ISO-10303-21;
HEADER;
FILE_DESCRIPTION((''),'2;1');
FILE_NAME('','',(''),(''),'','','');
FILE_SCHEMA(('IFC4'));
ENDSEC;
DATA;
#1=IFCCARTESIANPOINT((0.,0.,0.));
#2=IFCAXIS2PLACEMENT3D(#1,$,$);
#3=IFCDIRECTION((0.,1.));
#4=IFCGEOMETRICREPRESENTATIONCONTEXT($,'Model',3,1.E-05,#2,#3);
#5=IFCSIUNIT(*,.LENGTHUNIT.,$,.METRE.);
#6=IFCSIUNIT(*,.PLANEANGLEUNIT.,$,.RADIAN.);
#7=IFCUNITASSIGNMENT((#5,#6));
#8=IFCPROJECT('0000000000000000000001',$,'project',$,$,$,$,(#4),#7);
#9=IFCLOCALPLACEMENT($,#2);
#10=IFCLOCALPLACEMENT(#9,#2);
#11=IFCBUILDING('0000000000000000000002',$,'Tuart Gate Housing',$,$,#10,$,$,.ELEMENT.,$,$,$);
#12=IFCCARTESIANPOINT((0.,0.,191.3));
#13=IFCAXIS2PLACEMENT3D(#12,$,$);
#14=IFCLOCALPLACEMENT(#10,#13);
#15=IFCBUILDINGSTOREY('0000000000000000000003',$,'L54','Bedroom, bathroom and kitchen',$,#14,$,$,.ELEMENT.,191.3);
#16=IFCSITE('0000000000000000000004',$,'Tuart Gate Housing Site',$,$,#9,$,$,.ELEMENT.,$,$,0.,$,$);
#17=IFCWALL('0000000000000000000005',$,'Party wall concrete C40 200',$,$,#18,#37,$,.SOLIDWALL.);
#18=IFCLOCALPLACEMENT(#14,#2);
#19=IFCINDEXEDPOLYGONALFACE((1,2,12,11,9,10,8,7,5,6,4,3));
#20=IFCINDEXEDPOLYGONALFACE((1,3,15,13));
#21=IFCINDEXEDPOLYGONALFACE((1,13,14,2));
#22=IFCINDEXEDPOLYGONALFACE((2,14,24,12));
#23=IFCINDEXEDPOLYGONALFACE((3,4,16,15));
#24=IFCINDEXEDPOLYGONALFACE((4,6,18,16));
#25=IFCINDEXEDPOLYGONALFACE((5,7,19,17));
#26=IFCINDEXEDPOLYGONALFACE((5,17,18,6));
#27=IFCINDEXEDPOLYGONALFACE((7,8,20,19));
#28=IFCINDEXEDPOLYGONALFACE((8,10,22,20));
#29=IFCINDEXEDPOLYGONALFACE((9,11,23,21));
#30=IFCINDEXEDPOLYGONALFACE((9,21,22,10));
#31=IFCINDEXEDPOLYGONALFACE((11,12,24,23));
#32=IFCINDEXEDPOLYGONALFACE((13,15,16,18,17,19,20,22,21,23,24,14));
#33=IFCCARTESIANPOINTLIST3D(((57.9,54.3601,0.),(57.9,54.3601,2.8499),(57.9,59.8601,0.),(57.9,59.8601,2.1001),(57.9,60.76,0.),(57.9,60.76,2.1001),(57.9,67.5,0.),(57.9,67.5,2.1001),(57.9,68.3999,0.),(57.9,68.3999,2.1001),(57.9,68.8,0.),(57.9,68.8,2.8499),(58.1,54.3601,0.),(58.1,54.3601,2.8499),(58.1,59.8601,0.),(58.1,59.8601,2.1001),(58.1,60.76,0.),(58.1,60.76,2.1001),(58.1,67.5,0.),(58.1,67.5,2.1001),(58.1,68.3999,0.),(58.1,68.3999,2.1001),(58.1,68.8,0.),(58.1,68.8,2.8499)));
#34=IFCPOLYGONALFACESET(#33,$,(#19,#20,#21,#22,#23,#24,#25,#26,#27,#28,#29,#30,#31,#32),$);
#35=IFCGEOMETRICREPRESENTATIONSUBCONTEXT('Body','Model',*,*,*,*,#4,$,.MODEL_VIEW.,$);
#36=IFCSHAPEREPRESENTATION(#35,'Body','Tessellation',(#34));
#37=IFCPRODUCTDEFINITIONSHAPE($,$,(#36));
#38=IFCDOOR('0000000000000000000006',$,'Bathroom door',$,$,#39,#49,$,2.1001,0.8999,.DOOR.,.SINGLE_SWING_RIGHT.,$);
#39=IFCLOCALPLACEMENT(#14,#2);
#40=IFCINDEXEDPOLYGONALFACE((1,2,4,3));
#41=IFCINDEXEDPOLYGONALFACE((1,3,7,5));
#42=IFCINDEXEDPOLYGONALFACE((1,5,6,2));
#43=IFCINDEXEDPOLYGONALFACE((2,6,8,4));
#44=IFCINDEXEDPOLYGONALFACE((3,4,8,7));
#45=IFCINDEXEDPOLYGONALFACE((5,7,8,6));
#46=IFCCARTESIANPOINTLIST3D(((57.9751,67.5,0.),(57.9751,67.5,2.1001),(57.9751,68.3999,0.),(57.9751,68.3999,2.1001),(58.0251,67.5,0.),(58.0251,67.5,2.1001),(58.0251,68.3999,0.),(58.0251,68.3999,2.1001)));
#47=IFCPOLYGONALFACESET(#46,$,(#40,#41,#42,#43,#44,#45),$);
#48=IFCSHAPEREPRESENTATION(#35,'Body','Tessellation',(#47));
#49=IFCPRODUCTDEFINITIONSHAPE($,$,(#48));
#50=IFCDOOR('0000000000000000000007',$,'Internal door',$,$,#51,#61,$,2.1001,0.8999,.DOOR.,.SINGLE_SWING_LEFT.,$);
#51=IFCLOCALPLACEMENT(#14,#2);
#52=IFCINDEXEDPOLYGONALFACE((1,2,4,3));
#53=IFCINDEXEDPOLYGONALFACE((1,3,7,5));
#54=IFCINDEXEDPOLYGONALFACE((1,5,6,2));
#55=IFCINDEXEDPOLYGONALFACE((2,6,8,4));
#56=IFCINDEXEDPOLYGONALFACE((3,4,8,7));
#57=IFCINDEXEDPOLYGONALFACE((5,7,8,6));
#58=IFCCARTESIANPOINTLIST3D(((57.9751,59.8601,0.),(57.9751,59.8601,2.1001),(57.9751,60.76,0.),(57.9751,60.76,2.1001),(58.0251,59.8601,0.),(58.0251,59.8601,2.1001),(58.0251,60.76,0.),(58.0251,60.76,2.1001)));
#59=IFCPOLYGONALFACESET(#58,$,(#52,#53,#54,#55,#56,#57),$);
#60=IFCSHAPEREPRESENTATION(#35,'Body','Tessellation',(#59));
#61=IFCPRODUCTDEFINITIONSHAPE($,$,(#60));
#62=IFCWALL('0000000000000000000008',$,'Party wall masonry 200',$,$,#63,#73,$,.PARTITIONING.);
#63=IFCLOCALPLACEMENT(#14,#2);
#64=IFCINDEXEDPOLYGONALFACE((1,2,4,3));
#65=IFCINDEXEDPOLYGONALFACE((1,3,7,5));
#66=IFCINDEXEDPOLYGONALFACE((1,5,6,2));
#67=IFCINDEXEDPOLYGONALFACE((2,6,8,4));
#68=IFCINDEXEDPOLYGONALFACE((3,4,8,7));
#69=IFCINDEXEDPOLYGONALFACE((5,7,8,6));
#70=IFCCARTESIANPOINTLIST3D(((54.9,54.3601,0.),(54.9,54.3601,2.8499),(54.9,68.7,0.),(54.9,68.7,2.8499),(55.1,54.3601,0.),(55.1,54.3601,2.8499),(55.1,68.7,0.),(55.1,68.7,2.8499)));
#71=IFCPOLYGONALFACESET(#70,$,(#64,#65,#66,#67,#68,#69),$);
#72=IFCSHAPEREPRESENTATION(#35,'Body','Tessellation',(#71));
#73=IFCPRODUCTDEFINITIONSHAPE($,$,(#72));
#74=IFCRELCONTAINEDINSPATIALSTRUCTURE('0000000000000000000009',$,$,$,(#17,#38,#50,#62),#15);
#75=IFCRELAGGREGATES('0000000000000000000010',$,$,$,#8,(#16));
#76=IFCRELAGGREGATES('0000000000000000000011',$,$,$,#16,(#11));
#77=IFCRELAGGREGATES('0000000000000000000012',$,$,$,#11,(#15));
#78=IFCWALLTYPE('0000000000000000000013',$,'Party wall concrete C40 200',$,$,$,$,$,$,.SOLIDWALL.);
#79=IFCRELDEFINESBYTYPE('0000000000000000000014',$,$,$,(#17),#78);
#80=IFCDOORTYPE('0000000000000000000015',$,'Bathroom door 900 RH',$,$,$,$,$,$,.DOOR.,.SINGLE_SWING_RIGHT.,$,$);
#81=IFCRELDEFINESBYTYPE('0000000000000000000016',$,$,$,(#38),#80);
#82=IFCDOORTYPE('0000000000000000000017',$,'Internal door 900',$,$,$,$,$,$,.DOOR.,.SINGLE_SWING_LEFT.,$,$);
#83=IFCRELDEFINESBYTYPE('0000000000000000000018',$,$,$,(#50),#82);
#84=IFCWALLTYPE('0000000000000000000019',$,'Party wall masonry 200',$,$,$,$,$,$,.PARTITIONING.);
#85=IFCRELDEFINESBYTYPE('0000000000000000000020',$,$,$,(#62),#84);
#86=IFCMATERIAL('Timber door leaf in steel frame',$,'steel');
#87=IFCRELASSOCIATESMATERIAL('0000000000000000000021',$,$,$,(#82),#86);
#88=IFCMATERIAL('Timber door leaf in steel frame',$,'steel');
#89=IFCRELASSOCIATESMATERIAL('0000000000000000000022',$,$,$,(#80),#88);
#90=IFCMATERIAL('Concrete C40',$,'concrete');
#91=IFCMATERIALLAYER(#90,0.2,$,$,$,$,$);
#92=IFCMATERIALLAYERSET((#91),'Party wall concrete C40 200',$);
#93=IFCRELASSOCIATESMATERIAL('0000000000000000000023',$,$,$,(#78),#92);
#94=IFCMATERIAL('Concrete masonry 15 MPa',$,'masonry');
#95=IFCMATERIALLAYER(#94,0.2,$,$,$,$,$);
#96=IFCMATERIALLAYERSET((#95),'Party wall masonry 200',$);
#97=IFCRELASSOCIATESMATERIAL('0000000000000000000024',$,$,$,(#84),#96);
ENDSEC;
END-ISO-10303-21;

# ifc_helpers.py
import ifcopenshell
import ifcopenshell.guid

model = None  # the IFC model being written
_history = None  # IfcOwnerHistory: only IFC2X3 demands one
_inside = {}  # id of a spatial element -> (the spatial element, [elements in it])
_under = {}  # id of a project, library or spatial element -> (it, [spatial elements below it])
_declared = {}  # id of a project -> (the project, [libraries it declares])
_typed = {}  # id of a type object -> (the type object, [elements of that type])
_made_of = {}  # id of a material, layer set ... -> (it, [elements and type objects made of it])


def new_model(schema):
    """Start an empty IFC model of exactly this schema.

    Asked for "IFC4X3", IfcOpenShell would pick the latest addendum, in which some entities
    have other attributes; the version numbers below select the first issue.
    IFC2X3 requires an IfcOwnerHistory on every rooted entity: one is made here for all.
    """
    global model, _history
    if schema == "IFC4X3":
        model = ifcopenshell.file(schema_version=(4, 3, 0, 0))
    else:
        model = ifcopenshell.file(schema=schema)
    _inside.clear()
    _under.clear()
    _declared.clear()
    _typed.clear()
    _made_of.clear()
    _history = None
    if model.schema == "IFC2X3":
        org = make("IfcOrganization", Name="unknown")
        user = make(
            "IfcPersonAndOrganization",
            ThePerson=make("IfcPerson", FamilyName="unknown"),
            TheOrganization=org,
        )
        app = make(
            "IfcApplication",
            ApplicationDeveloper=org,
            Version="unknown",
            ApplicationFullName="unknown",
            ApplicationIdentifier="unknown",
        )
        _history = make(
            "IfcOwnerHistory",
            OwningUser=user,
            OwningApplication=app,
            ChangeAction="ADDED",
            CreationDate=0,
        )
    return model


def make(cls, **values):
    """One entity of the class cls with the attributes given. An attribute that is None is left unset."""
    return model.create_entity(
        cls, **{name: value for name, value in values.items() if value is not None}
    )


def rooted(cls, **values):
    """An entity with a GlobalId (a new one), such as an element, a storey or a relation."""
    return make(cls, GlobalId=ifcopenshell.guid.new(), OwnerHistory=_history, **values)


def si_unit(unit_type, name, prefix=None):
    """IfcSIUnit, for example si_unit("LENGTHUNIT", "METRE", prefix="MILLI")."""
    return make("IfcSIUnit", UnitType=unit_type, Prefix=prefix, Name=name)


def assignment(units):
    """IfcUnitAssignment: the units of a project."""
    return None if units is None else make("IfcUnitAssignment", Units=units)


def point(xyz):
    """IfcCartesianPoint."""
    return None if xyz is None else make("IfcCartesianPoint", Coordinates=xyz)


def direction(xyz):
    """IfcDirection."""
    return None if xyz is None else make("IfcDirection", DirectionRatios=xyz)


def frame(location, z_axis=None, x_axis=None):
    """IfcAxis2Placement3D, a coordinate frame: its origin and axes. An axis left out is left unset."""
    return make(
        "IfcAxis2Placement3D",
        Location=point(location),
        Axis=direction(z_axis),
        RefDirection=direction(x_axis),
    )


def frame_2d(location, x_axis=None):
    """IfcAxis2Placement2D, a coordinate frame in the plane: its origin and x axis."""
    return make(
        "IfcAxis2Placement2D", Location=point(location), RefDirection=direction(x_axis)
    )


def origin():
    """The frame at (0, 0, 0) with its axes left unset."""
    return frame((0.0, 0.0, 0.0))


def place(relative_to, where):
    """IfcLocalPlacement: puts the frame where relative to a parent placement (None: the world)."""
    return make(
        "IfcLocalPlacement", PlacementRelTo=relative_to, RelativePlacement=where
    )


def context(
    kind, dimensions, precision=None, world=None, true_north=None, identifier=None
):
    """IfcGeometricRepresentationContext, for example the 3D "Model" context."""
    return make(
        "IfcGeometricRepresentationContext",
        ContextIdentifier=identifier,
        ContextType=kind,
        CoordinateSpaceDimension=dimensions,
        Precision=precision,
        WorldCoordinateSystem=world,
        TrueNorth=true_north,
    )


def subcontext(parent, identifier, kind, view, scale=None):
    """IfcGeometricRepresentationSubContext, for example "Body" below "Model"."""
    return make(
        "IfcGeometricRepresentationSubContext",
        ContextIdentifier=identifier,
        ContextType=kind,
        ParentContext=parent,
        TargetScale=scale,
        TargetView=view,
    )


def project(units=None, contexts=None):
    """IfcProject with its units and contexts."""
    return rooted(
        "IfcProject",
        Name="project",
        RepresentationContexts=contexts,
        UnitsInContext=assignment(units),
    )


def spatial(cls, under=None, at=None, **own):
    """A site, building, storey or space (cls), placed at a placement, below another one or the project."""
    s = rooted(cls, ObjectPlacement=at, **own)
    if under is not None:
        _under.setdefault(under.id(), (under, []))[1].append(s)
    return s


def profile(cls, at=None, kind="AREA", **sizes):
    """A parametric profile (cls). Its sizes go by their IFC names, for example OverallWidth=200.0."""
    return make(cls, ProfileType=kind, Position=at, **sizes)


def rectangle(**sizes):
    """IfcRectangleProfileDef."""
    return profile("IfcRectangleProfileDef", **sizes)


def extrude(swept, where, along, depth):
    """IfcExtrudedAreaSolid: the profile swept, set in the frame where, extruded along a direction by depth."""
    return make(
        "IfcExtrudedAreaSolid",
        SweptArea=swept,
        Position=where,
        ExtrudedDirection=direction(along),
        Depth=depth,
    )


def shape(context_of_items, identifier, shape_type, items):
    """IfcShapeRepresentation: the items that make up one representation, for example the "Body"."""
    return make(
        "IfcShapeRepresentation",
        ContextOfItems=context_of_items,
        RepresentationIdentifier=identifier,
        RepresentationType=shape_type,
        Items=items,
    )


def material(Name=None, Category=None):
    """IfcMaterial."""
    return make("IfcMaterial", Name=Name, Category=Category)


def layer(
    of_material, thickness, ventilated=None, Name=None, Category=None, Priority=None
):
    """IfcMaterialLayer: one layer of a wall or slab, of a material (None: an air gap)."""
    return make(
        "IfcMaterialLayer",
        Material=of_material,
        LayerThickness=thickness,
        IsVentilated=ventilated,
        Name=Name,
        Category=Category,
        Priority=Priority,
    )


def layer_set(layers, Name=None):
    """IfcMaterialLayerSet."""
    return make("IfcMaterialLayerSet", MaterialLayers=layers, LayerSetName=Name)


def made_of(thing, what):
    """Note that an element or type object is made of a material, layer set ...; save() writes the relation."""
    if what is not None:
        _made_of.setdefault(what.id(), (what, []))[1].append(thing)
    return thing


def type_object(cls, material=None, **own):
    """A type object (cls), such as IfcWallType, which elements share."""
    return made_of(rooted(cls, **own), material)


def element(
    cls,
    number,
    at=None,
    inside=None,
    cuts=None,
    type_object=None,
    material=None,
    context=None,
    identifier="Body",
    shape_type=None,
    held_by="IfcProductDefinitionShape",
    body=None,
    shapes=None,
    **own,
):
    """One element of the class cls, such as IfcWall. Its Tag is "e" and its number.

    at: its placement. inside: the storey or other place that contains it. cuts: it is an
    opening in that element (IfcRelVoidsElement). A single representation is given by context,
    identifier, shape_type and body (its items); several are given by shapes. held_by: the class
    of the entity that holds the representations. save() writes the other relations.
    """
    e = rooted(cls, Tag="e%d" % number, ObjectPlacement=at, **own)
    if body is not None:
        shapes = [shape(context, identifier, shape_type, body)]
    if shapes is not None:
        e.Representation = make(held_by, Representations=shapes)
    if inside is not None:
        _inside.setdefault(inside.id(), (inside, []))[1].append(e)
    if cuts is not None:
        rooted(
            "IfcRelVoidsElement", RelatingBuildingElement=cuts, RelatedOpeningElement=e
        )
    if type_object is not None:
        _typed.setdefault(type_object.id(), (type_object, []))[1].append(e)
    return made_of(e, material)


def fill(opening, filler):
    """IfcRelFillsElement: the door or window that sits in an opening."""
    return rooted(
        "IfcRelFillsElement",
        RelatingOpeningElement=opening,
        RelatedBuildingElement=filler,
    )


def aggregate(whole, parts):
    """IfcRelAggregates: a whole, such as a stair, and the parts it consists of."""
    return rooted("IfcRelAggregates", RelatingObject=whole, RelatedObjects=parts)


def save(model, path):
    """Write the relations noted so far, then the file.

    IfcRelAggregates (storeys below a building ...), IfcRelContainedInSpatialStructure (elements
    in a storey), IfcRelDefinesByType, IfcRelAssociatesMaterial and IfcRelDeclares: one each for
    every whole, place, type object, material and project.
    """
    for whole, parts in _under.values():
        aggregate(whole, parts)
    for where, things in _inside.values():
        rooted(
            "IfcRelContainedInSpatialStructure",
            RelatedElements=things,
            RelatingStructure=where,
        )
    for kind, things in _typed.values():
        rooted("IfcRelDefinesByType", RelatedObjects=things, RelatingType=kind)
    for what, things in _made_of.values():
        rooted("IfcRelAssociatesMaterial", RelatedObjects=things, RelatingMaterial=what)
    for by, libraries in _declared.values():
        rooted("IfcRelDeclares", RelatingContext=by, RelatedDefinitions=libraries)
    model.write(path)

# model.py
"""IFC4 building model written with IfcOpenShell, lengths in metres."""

from ifc_helpers import new_model, si_unit, direction, frame, frame_2d, origin, place, context, subcontext, project, spatial, rectangle, extrude, material, layer, layer_set, type_object, element, fill, save


model = new_model("IFC4")

# Units and contexts
model_context = context("Model", 3, precision=1e-05, world=origin(), true_north=direction((0.0, 1.0)))
body_context = subcontext(model_context, "Body", "Model", "MODEL_VIEW")
ifc_project = project(units=[si_unit("LENGTHUNIT", "METRE"), si_unit("PLANEANGLEUNIT", "RADIAN")], contexts=[model_context])

# Site, building, storey
site_placement = place(None, origin())
site = spatial("IfcSite", under=ifc_project, at=site_placement, Name="Tuart Gate Housing Site", CompositionType="ELEMENT", RefElevation=0.0)
building_placement = place(site_placement, origin())
building = spatial("IfcBuilding", under=site, at=building_placement, Name="Tuart Gate Housing", CompositionType="ELEMENT")
storey_placement = place(building_placement, frame((0.0, 0.0, 191.3)))
storey = spatial("IfcBuildingStorey", under=building, at=storey_placement, Name="L54", Description="Bedroom, bathroom and kitchen", CompositionType="ELEMENT", Elevation=191.3)

# Shared definitions
ifc_material_1 = material(Name="Timber door leaf in steel frame", Category="steel")
door_type_1 = type_object("IfcDoorType", Name="Internal door 900", OperationType="SINGLE_SWING_LEFT", PredefinedType="DOOR", material=ifc_material_1)

# Shared definitions
ifc_material_2 = material(Name="Timber door leaf in steel frame", Category="steel")
door_type_2 = type_object("IfcDoorType", Name="Bathroom door 900 RH", OperationType="SINGLE_SWING_RIGHT", PredefinedType="DOOR", material=ifc_material_2)

# Shared definitions
ifc_material_3 = material(Name="Concrete C40", Category="concrete")
ifc_layer_1 = layer(ifc_material_3, 0.2)
ifc_layer_set_1 = layer_set([ifc_layer_1], Name="Party wall concrete C40 200")
wall_type_1 = type_object("IfcWallType", Name="Party wall concrete C40 200", PredefinedType="SOLIDWALL", material=ifc_layer_set_1)

# Wall, openings, doors
wall_1_placement = place(storey_placement, frame((58.0, 54.3601, 0.0), z_axis=(0.0, 0.0, 1.0), x_axis=(0.0, 1.0, 0.0)))
wall_1 = element("IfcWall", 1, at=wall_1_placement, inside=storey, type_object=wall_type_1, Name="Party wall concrete C40 200", PredefinedType="SOLIDWALL", context=body_context, shape_type="SweptSolid", body=[
    extrude(rectangle(XDim=14.4399, YDim=0.2, at=frame_2d((7.22, 0.0))), origin(), (0.0, 0.0, 1.0), 2.8499),
])
opening_1_placement = place(wall_1_placement, frame((5.5, 0.0, 0.0)))
opening_1 = element("IfcOpeningElement", 2, at=opening_1_placement, cuts=wall_1, PredefinedType="OPENING", context=body_context, shape_type="SweptSolid", body=[
    extrude(rectangle(XDim=0.8999, YDim=2.1001, at=frame_2d((0.45, 1.05))), frame((0.0, 0.1099, 0.0), z_axis=(0.0, -1.0, 0.0), x_axis=(1.0, 0.0, 0.0)), (0.0, 0.0, 1.0), 0.22),
])
opening_2_placement = place(wall_1_placement, frame((13.1399, 0.0, 0.0)))
opening_2 = element("IfcOpeningElement", 3, at=opening_2_placement, cuts=wall_1, PredefinedType="OPENING", context=body_context, shape_type="SweptSolid", body=[
    extrude(rectangle(XDim=0.8999, YDim=2.1001, at=frame_2d((0.45, 1.05))), frame((0.0, 0.1099, 0.0), z_axis=(0.0, -1.0, 0.0), x_axis=(1.0, 0.0, 0.0)), (0.0, 0.0, 1.0), 0.22),
])
door_1_placement = place(opening_2_placement, origin())
door_1 = element("IfcDoor", 4, at=door_1_placement, inside=storey, type_object=door_type_2, Name="Bathroom door", OperationType="SINGLE_SWING_RIGHT", OverallHeight=2.1001, OverallWidth=0.8999, PredefinedType="DOOR", context=body_context, shape_type="SweptSolid", body=[
    extrude(rectangle(XDim=0.8999, YDim=2.1001, at=frame_2d((0.45, 1.05))), frame((0.0, 0.0249, 0.0), z_axis=(0.0, -1.0, 0.0), x_axis=(1.0, 0.0, 0.0)), (0.0, 0.0, 1.0), 0.05),
])
fill(opening_2, door_1)
door_2_placement = place(opening_1_placement, origin())
door_2 = element("IfcDoor", 5, at=door_2_placement, inside=storey, type_object=door_type_1, Name="Internal door", OperationType="SINGLE_SWING_LEFT", OverallHeight=2.1001, OverallWidth=0.8999, PredefinedType="DOOR", context=body_context, shape_type="SweptSolid", body=[
    extrude(rectangle(XDim=0.8999, YDim=2.1001, at=frame_2d((0.45, 1.05))), frame((0.0, 0.0249, 0.0), z_axis=(0.0, -1.0, 0.0), x_axis=(1.0, 0.0, 0.0)), (0.0, 0.0, 1.0), 0.05),
])
fill(opening_1, door_2)

# Wall
ifc_material_4 = material(Name="Concrete masonry 15 MPa", Category="masonry")
ifc_layer_2 = layer(ifc_material_4, 0.2)
ifc_layer_set_2 = layer_set([ifc_layer_2], Name="Party wall masonry 200")
wall_type_2 = type_object("IfcWallType", Name="Party wall masonry 200", PredefinedType="PARTITIONING", material=ifc_layer_set_2)
wall_2_placement = place(storey_placement, frame((55.0, 54.3601, 0.0), z_axis=(0.0, 0.0, 1.0), x_axis=(0.0, 1.0, 0.0)))
element("IfcWall", 6, at=wall_2_placement, inside=storey, type_object=wall_type_2, Name="Party wall masonry 200", PredefinedType="PARTITIONING", context=body_context, shape_type="SweptSolid", body=[
    extrude(rectangle(XDim=14.3398, YDim=0.2, at=frame_2d((7.1699, 0.0))), origin(), (0.0, 0.0, 1.0), 2.8499),
])

save(model, "model.ifc")
